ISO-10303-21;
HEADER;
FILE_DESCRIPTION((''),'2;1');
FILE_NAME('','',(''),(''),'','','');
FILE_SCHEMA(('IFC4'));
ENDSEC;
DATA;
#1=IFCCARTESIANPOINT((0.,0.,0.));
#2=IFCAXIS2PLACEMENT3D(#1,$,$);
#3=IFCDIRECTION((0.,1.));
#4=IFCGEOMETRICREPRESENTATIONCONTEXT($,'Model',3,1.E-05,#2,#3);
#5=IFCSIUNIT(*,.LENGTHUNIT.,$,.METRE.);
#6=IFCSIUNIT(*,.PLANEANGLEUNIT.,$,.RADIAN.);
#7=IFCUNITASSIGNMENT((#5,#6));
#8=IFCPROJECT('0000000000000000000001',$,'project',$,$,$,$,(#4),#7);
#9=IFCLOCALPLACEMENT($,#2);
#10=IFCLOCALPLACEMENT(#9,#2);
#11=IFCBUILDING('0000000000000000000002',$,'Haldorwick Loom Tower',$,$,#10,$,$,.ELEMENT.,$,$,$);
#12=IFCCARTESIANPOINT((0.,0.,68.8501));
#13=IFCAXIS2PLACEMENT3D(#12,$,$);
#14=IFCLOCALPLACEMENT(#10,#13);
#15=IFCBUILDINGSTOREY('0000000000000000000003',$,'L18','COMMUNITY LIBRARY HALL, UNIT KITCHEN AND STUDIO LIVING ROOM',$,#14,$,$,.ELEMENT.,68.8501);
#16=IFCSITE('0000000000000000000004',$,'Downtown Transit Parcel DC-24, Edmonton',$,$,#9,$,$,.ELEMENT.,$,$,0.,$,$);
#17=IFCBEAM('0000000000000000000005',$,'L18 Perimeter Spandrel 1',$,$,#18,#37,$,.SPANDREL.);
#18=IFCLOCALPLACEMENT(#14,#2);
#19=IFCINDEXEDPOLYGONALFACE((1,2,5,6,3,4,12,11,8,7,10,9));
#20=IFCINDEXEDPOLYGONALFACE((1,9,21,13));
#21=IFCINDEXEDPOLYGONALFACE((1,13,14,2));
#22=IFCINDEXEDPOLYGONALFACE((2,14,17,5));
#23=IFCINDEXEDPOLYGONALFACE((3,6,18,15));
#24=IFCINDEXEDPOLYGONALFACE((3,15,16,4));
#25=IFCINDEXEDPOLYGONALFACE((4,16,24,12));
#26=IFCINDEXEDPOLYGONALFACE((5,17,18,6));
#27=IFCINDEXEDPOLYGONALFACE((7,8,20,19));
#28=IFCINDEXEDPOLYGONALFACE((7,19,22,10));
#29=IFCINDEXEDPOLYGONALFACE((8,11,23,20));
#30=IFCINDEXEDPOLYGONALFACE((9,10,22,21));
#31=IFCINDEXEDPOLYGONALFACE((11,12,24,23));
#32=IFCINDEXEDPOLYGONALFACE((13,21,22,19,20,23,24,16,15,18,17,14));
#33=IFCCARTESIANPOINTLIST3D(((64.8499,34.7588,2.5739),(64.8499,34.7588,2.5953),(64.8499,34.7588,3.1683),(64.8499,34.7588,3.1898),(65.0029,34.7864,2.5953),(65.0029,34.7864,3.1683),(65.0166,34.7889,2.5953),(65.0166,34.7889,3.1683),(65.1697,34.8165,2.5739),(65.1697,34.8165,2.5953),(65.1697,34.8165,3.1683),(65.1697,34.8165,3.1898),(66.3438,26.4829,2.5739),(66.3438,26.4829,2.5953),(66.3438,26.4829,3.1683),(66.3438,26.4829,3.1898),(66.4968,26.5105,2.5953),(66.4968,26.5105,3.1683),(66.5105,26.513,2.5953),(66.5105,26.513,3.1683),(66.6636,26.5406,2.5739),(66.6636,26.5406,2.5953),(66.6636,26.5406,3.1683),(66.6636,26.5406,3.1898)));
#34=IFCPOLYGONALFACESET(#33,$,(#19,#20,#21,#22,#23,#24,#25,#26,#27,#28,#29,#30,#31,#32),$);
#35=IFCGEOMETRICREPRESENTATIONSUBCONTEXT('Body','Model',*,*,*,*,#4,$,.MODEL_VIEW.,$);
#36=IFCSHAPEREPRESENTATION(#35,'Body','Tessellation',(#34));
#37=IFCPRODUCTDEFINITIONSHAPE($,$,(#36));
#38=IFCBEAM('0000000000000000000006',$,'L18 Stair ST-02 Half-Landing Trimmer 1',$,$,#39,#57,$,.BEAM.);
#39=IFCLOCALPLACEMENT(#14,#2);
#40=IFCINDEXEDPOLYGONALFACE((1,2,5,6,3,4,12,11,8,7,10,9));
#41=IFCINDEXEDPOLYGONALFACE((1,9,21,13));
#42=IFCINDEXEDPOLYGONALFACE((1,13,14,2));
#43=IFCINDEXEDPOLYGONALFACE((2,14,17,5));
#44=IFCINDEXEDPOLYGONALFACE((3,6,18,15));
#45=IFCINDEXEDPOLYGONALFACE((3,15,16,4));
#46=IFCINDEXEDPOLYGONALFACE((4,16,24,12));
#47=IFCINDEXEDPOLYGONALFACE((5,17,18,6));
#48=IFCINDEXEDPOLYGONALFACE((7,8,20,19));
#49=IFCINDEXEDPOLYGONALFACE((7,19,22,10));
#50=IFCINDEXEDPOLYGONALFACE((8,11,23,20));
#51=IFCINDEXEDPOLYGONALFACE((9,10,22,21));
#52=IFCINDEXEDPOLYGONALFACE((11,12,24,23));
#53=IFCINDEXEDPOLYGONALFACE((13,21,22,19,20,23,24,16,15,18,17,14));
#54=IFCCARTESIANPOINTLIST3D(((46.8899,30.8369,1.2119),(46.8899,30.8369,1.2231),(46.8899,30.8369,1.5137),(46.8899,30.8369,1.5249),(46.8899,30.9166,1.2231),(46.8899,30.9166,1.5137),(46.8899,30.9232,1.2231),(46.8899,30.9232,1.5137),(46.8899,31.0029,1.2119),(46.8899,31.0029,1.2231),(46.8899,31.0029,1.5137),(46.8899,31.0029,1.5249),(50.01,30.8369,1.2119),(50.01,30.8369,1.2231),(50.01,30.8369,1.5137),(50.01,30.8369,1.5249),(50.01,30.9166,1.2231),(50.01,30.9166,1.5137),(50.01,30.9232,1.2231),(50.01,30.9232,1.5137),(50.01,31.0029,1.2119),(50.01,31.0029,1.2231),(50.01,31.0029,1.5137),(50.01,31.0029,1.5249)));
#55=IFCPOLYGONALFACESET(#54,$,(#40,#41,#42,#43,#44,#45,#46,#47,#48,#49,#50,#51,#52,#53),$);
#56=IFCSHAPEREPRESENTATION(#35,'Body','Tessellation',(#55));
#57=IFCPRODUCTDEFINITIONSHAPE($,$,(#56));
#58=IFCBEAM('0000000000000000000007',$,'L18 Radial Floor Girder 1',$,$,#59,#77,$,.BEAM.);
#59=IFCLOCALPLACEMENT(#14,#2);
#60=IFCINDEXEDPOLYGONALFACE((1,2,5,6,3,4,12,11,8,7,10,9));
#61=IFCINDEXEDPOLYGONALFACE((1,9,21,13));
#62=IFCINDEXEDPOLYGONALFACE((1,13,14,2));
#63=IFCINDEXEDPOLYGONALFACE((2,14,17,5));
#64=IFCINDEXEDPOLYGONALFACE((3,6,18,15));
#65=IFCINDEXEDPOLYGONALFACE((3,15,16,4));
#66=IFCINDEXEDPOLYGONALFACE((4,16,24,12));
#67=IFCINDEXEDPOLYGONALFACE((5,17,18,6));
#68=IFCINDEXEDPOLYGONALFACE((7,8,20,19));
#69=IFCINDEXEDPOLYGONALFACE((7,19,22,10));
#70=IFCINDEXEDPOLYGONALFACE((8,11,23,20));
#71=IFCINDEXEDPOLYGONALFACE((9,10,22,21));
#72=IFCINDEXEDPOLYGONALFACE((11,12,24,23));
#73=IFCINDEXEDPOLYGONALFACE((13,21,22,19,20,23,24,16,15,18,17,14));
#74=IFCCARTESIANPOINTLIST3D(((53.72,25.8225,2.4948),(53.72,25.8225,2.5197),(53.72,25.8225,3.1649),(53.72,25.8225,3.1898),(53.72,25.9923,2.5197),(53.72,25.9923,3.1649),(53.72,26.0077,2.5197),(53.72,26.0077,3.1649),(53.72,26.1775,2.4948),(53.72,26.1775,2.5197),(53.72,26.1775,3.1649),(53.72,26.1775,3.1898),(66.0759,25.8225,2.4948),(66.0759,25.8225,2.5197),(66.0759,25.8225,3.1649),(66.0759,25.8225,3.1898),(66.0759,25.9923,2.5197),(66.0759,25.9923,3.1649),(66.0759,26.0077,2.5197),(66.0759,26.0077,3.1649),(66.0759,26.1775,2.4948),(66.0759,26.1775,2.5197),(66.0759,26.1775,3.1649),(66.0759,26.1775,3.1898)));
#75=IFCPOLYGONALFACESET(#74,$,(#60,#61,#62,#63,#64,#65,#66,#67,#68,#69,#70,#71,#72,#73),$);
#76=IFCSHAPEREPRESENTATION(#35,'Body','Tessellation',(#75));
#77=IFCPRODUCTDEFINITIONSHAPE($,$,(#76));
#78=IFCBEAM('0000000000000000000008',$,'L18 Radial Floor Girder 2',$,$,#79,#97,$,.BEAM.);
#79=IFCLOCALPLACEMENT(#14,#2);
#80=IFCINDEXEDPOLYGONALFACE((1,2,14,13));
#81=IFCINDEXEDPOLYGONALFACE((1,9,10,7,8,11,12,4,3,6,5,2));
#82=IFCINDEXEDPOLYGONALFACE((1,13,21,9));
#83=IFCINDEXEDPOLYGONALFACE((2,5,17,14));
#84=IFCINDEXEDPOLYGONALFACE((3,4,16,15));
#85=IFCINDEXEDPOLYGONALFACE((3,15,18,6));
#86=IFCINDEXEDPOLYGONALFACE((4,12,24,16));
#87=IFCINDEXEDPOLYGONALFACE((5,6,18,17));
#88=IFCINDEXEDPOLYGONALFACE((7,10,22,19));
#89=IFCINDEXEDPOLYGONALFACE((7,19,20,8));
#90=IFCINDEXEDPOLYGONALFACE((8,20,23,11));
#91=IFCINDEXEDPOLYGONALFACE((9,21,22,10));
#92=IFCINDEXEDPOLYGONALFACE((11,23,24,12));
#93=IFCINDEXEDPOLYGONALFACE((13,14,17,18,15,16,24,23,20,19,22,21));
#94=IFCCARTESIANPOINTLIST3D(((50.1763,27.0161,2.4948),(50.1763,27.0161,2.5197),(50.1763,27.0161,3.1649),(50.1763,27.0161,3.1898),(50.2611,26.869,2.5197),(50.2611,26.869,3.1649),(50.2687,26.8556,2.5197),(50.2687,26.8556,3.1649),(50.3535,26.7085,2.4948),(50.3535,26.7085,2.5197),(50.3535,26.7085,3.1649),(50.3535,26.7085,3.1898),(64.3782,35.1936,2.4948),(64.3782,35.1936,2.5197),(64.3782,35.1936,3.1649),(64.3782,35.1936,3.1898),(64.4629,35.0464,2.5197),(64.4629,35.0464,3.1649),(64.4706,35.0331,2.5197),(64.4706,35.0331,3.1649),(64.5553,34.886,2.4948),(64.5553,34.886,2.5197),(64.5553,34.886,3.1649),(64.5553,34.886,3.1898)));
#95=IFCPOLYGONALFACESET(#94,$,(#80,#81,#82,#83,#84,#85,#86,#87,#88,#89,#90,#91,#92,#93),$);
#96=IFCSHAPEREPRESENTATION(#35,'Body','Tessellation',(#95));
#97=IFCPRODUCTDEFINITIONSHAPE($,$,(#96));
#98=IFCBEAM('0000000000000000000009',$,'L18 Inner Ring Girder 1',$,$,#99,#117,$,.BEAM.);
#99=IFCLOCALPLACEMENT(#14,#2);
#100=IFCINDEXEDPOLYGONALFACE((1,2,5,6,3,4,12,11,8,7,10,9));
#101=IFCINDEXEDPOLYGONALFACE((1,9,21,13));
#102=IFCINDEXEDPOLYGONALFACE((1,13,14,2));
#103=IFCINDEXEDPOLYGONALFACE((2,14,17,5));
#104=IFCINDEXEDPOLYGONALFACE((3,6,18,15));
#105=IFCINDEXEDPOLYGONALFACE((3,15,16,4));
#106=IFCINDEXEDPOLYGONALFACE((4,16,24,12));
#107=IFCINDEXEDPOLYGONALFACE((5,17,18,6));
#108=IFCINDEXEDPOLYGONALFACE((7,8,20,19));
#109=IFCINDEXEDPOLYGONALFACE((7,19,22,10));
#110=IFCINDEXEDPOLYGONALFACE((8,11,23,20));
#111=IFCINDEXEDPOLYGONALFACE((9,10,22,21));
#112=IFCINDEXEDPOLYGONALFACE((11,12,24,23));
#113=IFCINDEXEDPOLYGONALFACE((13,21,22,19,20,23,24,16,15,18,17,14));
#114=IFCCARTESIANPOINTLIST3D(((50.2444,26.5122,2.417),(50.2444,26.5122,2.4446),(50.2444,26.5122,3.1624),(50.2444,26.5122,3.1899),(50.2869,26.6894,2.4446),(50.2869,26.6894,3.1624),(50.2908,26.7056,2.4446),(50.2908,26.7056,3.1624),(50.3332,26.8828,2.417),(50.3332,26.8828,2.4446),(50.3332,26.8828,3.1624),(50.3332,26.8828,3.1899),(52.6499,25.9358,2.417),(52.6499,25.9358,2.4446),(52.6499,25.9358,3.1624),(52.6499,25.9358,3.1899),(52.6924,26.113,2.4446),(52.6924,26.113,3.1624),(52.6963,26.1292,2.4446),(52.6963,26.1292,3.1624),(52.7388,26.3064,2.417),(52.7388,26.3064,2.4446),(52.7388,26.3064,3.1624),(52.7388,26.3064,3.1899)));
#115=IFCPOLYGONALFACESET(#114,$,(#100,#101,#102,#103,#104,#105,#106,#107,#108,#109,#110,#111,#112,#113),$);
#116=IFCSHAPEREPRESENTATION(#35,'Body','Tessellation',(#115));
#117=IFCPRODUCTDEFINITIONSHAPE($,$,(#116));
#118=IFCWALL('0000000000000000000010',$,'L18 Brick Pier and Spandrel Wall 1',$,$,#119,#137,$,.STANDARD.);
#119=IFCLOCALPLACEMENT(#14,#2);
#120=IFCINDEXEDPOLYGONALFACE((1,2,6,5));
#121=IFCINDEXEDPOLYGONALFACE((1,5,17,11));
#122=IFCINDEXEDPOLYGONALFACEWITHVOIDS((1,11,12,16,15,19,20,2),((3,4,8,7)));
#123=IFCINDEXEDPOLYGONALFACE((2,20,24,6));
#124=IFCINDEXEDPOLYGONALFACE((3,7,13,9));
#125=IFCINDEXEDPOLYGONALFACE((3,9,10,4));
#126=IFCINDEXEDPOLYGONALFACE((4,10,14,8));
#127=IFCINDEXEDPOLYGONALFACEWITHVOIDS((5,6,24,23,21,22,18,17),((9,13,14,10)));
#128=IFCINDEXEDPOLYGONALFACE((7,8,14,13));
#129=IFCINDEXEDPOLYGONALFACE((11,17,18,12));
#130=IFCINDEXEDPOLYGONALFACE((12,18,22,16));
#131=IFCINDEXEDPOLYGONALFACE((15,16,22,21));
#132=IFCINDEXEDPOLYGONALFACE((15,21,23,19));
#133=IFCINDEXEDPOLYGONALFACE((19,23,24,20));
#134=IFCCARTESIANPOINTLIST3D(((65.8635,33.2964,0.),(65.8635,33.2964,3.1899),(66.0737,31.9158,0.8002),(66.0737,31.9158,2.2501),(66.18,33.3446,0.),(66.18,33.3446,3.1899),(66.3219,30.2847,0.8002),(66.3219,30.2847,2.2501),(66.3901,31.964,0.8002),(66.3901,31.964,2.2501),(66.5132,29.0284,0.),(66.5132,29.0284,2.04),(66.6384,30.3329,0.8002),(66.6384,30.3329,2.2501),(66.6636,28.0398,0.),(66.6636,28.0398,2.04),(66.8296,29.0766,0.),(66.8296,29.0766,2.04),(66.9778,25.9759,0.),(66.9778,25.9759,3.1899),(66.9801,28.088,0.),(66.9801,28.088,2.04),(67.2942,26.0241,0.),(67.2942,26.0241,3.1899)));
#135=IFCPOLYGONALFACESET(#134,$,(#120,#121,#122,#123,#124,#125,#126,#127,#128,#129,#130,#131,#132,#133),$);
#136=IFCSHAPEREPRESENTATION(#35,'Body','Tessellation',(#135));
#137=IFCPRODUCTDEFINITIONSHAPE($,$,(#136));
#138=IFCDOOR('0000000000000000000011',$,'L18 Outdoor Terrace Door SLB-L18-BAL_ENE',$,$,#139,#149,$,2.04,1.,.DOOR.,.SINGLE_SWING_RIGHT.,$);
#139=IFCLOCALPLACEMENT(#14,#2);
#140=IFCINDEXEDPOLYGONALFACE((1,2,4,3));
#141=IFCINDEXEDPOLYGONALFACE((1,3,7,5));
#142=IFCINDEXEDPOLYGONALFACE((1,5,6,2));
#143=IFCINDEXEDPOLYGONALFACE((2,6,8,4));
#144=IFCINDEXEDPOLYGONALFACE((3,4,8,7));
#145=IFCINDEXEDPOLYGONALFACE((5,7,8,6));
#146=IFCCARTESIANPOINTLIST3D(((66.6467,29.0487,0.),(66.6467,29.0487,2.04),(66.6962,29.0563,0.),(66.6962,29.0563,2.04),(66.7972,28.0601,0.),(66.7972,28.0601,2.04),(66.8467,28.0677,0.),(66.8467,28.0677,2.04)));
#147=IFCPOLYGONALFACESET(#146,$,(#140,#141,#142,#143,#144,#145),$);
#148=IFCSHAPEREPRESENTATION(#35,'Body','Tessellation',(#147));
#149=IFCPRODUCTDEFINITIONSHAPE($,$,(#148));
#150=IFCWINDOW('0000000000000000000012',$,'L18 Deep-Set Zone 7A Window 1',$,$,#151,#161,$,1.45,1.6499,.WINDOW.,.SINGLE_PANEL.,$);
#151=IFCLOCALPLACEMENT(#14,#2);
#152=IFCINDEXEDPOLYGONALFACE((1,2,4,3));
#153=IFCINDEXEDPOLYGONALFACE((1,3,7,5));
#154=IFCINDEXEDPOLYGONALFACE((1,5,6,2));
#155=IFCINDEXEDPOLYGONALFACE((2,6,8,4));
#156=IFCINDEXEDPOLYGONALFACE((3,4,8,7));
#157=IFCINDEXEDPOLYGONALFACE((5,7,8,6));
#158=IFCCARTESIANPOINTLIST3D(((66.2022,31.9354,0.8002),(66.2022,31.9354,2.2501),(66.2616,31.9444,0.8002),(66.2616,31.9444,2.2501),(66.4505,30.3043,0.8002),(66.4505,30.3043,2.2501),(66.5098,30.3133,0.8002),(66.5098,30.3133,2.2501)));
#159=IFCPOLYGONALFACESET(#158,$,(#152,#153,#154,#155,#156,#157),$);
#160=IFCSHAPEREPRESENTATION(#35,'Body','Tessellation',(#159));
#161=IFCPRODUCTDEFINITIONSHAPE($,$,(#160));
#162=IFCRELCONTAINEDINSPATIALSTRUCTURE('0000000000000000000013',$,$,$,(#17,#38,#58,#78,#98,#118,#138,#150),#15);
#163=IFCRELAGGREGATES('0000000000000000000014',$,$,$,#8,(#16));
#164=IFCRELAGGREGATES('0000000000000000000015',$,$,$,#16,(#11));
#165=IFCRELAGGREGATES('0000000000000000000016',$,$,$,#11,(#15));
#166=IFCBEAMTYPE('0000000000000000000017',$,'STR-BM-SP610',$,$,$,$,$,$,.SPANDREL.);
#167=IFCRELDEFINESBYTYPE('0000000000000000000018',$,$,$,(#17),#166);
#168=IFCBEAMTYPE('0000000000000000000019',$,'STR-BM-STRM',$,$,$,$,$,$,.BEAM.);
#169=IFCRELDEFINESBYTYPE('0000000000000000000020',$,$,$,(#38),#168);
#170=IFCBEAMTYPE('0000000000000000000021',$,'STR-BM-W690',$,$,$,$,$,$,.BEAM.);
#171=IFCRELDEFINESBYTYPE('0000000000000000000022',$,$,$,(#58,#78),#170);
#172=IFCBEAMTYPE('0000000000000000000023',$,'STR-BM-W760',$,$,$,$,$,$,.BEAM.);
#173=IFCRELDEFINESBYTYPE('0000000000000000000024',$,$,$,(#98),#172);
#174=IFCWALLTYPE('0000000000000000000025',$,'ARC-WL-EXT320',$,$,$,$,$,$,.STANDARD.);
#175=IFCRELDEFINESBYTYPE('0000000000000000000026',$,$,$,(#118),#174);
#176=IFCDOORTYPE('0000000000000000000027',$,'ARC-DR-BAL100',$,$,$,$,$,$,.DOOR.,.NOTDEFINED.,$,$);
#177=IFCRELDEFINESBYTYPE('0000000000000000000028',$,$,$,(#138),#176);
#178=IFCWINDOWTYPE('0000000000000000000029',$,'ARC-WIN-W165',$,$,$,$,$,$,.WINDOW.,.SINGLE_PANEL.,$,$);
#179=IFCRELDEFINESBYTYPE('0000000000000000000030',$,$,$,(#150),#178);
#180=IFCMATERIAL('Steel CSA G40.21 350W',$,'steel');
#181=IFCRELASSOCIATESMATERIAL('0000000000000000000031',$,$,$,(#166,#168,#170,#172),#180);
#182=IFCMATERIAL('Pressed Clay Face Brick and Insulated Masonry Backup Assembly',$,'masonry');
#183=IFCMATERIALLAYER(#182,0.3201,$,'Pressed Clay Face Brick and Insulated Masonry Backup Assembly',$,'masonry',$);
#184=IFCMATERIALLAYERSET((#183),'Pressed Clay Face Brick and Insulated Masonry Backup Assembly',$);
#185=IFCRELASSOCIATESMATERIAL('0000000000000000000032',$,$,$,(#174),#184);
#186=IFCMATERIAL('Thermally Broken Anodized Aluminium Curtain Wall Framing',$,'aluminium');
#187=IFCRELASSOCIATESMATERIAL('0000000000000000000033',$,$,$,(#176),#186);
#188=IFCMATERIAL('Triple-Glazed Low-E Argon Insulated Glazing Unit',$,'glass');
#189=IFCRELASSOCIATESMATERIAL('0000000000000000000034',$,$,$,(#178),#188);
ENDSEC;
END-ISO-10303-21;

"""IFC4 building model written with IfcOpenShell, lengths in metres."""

from ifc_helpers import new_model, si_unit, direction, frame, frame_2d, origin, origin_2d, place, context, subcontext, project, spatial, rectangle, i_section, extrude, material, layer, layer_set, material_profile, profile_set, type_object, element, fill, save


model = new_model("IFC4")

# Units and contexts
model_context = context("Model", 3, precision=1e-05, world=origin(), true_north=direction((0.0, 1.0)))
body_context = subcontext(model_context, "Body", "Model", "MODEL_VIEW")
ifc_project = project(units=[si_unit("LENGTHUNIT", "METRE"), si_unit("PLANEANGLEUNIT", "RADIAN")], contexts=[model_context])

# Site, building, storey
site_placement = place(None, origin())
site = spatial("IfcSite", under=ifc_project, at=site_placement, Name="Downtown Transit Parcel DC-24, Edmonton", CompositionType="ELEMENT", RefElevation=0.0)
building_placement = place(site_placement, origin())
building = spatial("IfcBuilding", under=site, at=building_placement, Name="Haldorwick Loom Tower", CompositionType="ELEMENT")
storey_placement = place(building_placement, frame((0.0, 0.0, 68.8501)))
storey = spatial("IfcBuildingStorey", under=building, at=storey_placement, Name="L18", Description="COMMUNITY LIBRARY HALL, UNIT KITCHEN AND STUDIO LIVING ROOM", CompositionType="ELEMENT", Elevation=68.8501)

# Beams
ifc_material_1 = material(Name="Steel CSA G40.21 350W", Category="steel")
ifc_material_profile_1 = material_profile(ifc_material_1, i_section(OverallWidth=0.325, OverallDepth=0.616, WebThickness=0.0139, FlangeThickness=0.0215, at=origin_2d()), Name="W610X174", Category="steel")
ifc_profile_set_1 = profile_set([ifc_material_profile_1], Name="Steel CSA G40.21 350W")
beam_type_1 = type_object("IfcBeamType", Name="STR-BM-SP610", PredefinedType="SPANDREL", material=ifc_profile_set_1)
beam_1_placement = place(storey_placement, frame((66.5037, 26.5117, 2.8818), z_axis=(-0.177641, 0.984095, 0.0), x_axis=(-0.984095, -0.177641, 0.0)))
element("IfcBeam", 1, at=beam_1_placement, inside=storey, type_object=beam_type_1, Name="L18 Perimeter Spandrel 1", PredefinedType="SPANDREL", context=body_context, shape_type="SweptSolid", body=[
    extrude(i_section(OverallWidth=0.325, OverallDepth=0.616, WebThickness=0.0139, FlangeThickness=0.0215, at=origin_2d()), origin(), (0.0, 0.0, 1.0), 8.4097),
])
ifc_material_profile_2 = material_profile(ifc_material_1, i_section(OverallWidth=0.166, OverallDepth=0.313, WebThickness=0.0066, FlangeThickness=0.0112, at=origin_2d()), Name="W310X45", Category="steel")
ifc_profile_set_2 = profile_set([ifc_material_profile_2], Name="Steel CSA G40.21 350W")
beam_type_2 = type_object("IfcBeamType", Name="STR-BM-STRM", PredefinedType="BEAM", material=ifc_profile_set_2)
beam_2_placement = place(storey_placement, frame((46.8899, 30.9199, 1.3684), z_axis=(1.0, 0.0, 0.0), x_axis=(0.0, 1.0, 0.0)))
element("IfcBeam", 2, at=beam_2_placement, inside=storey, type_object=beam_type_2, Name="L18 Stair ST-02 Half-Landing Trimmer 1", PredefinedType="BEAM", context=body_context, shape_type="SweptSolid", body=[
    extrude(i_section(OverallWidth=0.166, OverallDepth=0.313, WebThickness=0.0066, FlangeThickness=0.0112, at=origin_2d()), origin(), (0.0, 0.0, 1.0), 3.1201),
])
ifc_material_profile_3 = material_profile(ifc_material_1, i_section(OverallWidth=0.355, OverallDepth=0.6951, WebThickness=0.0154, FlangeThickness=0.0249, at=origin_2d()), Name="W690X217", Category="steel")
ifc_profile_set_3 = profile_set([ifc_material_profile_3], Name="Steel CSA G40.21 350W")
beam_type_3 = type_object("IfcBeamType", Name="STR-BM-W690", PredefinedType="BEAM", material=ifc_profile_set_3)
beam_3_placement = place(storey_placement, frame((53.72, 26.0, 2.8423), z_axis=(1.0, 0.0, 0.0), x_axis=(0.0, 1.0, 0.0)))
element("IfcBeam", 3, at=beam_3_placement, inside=storey, type_object=beam_type_3, Name="L18 Radial Floor Girder 1", PredefinedType="BEAM", context=body_context, shape_type="SweptSolid", body=[
    extrude(i_section(OverallWidth=0.355, OverallDepth=0.6951, WebThickness=0.0154, FlangeThickness=0.0249, at=origin_2d()), origin(), (0.0, 0.0, 1.0), 12.356),
])
beam_4_placement = place(storey_placement, frame((50.2649, 26.8623, 2.8423), z_axis=(0.866606, 0.498994, 0.0), x_axis=(-0.498994, 0.866606, 0.0)))
element("IfcBeam", 4, at=beam_4_placement, inside=storey, type_object=beam_type_3, Name="L18 Radial Floor Girder 2", PredefinedType="BEAM", context=body_context, shape_type="SweptSolid", body=[
    extrude(i_section(OverallWidth=0.355, OverallDepth=0.6951, WebThickness=0.0154, FlangeThickness=0.0249, at=origin_2d()), origin(), (0.0, 0.0, 1.0), 16.3879),
])
ifc_material_profile_4 = material_profile(ifc_material_1, i_section(OverallWidth=0.3811, OverallDepth=0.7729, WebThickness=0.0166, FlangeThickness=0.0276, at=origin_2d()), Name="W760X257", Category="steel")
ifc_profile_set_4 = profile_set([ifc_material_profile_4], Name="Steel CSA G40.21 350W")
beam_type_4 = type_object("IfcBeamType", Name="STR-BM-W760", PredefinedType="BEAM", material=ifc_profile_set_4)
beam_5_placement = place(storey_placement, frame((50.2888, 26.6975, 2.8035), z_axis=(0.972471, -0.233026, 0.0), x_axis=(0.233026, 0.972471, 0.0)))
element("IfcBeam", 5, at=beam_5_placement, inside=storey, type_object=beam_type_4, Name="L18 Inner Ring Girder 1", PredefinedType="BEAM", context=body_context, shape_type="SweptSolid", body=[
    extrude(i_section(OverallWidth=0.3811, OverallDepth=0.7729, WebThickness=0.0166, FlangeThickness=0.0276, at=origin_2d()), origin(), (0.0, 0.0, 1.0), 2.4736),
])

# Wall, openings, door, window
ifc_material_2 = material(Name="Pressed Clay Face Brick and Insulated Masonry Backup Assembly", Category="masonry")
ifc_layer_1 = layer(ifc_material_2, 0.3201, Name="Pressed Clay Face Brick and Insulated Masonry Backup Assembly", Category="masonry")
ifc_layer_set_1 = layer_set([ifc_layer_1], Name="Pressed Clay Face Brick and Insulated Masonry Backup Assembly")
wall_type_1 = type_object("IfcWallType", Name="ARC-WL-EXT320", PredefinedType="STANDARD", material=ifc_layer_set_1)
wall_1_placement = place(storey_placement, frame((67.136, 26.0, 0.0), z_axis=(0.0, 0.0, 1.0), x_axis=(-0.150476, 0.988614, 0.0)))
wall_1 = element("IfcWall", 6, at=wall_1_placement, inside=storey, type_object=wall_type_1, Name="L18 Brick Pier and Spandrel Wall 1", PredefinedType="STANDARD", context=body_context, shape_type="SweptSolid", body=[
    extrude(rectangle(XDim=7.4048, YDim=0.3201, at=frame_2d((3.7024, 0.0))), origin(), (0.0, 0.0, 1.0), 3.1899),
])
opening_1_placement = place(wall_1_placement, frame((2.0876, 0.0, 0.0)))
opening_1 = element("IfcOpeningElement", 7, at=opening_1_placement, cuts=wall_1, PredefinedType="OPENING", context=body_context, shape_type="SweptSolid", body=[
    extrude(rectangle(XDim=1.0, YDim=2.04, at=frame_2d((0.5, 1.02))), frame((0.0, 0.1699, 0.0), z_axis=(0.0, -1.0, 0.0), x_axis=(1.0, 0.0, 0.0)), (0.0, 0.0, 1.0), 0.3401),
])
opening_2_placement = place(wall_1_placement, frame((4.3584, 0.0, 0.8)))
opening_2 = element("IfcOpeningElement", 8, at=opening_2_placement, cuts=wall_1, PredefinedType="OPENING", context=body_context, shape_type="SweptSolid", body=[
    extrude(rectangle(XDim=1.6499, YDim=1.45, at=frame_2d((0.825, 0.7251))), frame((0.0, 0.1699, 0.0), z_axis=(0.0, -1.0, 0.0), x_axis=(1.0, 0.0, 0.0)), (0.0, 0.0, 1.0), 0.3401),
])
ifc_material_3 = material(Name="Thermally Broken Anodized Aluminium Curtain Wall Framing", Category="aluminium")
door_type_1 = type_object("IfcDoorType", Name="ARC-DR-BAL100", OperationType="NOTDEFINED", PredefinedType="DOOR", material=ifc_material_3)
door_1_placement = place(opening_1_placement, origin())
door_1 = element("IfcDoor", 9, at=door_1_placement, inside=storey, type_object=door_type_1, Name="L18 Outdoor Terrace Door SLB-L18-BAL_ENE", OperationType="SINGLE_SWING_RIGHT", OverallHeight=2.04, OverallWidth=1.0, PredefinedType="DOOR", context=body_context, shape_type="SweptSolid", body=[
    extrude(rectangle(XDim=1.0, YDim=2.04, at=frame_2d((0.5, 1.02))), frame((0.0, 0.0249, 0.0), z_axis=(0.0, -1.0, 0.0), x_axis=(1.0, 0.0, 0.0)), (0.0, 0.0, 1.0), 0.05),
])
fill(opening_1, door_1)
ifc_material_4 = material(Name="Triple-Glazed Low-E Argon Insulated Glazing Unit", Category="glass")
window_type = type_object("IfcWindowType", Name="ARC-WIN-W165", PartitioningType="SINGLE_PANEL", PredefinedType="WINDOW", material=ifc_material_4)
window_placement = place(opening_2_placement, origin())
window = element("IfcWindow", 10, at=window_placement, inside=storey, type_object=window_type, Name="L18 Deep-Set Zone 7A Window 1", OverallHeight=1.45, OverallWidth=1.6499, PartitioningType="SINGLE_PANEL", PredefinedType="WINDOW", context=body_context, shape_type="SweptSolid", body=[
    extrude(rectangle(XDim=1.6499, YDim=1.45, at=frame_2d((0.825, 0.7251))), frame((0.0, 0.03, 0.0), z_axis=(0.0, -1.0, 0.0), x_axis=(1.0, 0.0, 0.0)), (0.0, 0.0, 1.0), 0.0601),
])
fill(opening_2, window)

save(model, "model.ifc")
